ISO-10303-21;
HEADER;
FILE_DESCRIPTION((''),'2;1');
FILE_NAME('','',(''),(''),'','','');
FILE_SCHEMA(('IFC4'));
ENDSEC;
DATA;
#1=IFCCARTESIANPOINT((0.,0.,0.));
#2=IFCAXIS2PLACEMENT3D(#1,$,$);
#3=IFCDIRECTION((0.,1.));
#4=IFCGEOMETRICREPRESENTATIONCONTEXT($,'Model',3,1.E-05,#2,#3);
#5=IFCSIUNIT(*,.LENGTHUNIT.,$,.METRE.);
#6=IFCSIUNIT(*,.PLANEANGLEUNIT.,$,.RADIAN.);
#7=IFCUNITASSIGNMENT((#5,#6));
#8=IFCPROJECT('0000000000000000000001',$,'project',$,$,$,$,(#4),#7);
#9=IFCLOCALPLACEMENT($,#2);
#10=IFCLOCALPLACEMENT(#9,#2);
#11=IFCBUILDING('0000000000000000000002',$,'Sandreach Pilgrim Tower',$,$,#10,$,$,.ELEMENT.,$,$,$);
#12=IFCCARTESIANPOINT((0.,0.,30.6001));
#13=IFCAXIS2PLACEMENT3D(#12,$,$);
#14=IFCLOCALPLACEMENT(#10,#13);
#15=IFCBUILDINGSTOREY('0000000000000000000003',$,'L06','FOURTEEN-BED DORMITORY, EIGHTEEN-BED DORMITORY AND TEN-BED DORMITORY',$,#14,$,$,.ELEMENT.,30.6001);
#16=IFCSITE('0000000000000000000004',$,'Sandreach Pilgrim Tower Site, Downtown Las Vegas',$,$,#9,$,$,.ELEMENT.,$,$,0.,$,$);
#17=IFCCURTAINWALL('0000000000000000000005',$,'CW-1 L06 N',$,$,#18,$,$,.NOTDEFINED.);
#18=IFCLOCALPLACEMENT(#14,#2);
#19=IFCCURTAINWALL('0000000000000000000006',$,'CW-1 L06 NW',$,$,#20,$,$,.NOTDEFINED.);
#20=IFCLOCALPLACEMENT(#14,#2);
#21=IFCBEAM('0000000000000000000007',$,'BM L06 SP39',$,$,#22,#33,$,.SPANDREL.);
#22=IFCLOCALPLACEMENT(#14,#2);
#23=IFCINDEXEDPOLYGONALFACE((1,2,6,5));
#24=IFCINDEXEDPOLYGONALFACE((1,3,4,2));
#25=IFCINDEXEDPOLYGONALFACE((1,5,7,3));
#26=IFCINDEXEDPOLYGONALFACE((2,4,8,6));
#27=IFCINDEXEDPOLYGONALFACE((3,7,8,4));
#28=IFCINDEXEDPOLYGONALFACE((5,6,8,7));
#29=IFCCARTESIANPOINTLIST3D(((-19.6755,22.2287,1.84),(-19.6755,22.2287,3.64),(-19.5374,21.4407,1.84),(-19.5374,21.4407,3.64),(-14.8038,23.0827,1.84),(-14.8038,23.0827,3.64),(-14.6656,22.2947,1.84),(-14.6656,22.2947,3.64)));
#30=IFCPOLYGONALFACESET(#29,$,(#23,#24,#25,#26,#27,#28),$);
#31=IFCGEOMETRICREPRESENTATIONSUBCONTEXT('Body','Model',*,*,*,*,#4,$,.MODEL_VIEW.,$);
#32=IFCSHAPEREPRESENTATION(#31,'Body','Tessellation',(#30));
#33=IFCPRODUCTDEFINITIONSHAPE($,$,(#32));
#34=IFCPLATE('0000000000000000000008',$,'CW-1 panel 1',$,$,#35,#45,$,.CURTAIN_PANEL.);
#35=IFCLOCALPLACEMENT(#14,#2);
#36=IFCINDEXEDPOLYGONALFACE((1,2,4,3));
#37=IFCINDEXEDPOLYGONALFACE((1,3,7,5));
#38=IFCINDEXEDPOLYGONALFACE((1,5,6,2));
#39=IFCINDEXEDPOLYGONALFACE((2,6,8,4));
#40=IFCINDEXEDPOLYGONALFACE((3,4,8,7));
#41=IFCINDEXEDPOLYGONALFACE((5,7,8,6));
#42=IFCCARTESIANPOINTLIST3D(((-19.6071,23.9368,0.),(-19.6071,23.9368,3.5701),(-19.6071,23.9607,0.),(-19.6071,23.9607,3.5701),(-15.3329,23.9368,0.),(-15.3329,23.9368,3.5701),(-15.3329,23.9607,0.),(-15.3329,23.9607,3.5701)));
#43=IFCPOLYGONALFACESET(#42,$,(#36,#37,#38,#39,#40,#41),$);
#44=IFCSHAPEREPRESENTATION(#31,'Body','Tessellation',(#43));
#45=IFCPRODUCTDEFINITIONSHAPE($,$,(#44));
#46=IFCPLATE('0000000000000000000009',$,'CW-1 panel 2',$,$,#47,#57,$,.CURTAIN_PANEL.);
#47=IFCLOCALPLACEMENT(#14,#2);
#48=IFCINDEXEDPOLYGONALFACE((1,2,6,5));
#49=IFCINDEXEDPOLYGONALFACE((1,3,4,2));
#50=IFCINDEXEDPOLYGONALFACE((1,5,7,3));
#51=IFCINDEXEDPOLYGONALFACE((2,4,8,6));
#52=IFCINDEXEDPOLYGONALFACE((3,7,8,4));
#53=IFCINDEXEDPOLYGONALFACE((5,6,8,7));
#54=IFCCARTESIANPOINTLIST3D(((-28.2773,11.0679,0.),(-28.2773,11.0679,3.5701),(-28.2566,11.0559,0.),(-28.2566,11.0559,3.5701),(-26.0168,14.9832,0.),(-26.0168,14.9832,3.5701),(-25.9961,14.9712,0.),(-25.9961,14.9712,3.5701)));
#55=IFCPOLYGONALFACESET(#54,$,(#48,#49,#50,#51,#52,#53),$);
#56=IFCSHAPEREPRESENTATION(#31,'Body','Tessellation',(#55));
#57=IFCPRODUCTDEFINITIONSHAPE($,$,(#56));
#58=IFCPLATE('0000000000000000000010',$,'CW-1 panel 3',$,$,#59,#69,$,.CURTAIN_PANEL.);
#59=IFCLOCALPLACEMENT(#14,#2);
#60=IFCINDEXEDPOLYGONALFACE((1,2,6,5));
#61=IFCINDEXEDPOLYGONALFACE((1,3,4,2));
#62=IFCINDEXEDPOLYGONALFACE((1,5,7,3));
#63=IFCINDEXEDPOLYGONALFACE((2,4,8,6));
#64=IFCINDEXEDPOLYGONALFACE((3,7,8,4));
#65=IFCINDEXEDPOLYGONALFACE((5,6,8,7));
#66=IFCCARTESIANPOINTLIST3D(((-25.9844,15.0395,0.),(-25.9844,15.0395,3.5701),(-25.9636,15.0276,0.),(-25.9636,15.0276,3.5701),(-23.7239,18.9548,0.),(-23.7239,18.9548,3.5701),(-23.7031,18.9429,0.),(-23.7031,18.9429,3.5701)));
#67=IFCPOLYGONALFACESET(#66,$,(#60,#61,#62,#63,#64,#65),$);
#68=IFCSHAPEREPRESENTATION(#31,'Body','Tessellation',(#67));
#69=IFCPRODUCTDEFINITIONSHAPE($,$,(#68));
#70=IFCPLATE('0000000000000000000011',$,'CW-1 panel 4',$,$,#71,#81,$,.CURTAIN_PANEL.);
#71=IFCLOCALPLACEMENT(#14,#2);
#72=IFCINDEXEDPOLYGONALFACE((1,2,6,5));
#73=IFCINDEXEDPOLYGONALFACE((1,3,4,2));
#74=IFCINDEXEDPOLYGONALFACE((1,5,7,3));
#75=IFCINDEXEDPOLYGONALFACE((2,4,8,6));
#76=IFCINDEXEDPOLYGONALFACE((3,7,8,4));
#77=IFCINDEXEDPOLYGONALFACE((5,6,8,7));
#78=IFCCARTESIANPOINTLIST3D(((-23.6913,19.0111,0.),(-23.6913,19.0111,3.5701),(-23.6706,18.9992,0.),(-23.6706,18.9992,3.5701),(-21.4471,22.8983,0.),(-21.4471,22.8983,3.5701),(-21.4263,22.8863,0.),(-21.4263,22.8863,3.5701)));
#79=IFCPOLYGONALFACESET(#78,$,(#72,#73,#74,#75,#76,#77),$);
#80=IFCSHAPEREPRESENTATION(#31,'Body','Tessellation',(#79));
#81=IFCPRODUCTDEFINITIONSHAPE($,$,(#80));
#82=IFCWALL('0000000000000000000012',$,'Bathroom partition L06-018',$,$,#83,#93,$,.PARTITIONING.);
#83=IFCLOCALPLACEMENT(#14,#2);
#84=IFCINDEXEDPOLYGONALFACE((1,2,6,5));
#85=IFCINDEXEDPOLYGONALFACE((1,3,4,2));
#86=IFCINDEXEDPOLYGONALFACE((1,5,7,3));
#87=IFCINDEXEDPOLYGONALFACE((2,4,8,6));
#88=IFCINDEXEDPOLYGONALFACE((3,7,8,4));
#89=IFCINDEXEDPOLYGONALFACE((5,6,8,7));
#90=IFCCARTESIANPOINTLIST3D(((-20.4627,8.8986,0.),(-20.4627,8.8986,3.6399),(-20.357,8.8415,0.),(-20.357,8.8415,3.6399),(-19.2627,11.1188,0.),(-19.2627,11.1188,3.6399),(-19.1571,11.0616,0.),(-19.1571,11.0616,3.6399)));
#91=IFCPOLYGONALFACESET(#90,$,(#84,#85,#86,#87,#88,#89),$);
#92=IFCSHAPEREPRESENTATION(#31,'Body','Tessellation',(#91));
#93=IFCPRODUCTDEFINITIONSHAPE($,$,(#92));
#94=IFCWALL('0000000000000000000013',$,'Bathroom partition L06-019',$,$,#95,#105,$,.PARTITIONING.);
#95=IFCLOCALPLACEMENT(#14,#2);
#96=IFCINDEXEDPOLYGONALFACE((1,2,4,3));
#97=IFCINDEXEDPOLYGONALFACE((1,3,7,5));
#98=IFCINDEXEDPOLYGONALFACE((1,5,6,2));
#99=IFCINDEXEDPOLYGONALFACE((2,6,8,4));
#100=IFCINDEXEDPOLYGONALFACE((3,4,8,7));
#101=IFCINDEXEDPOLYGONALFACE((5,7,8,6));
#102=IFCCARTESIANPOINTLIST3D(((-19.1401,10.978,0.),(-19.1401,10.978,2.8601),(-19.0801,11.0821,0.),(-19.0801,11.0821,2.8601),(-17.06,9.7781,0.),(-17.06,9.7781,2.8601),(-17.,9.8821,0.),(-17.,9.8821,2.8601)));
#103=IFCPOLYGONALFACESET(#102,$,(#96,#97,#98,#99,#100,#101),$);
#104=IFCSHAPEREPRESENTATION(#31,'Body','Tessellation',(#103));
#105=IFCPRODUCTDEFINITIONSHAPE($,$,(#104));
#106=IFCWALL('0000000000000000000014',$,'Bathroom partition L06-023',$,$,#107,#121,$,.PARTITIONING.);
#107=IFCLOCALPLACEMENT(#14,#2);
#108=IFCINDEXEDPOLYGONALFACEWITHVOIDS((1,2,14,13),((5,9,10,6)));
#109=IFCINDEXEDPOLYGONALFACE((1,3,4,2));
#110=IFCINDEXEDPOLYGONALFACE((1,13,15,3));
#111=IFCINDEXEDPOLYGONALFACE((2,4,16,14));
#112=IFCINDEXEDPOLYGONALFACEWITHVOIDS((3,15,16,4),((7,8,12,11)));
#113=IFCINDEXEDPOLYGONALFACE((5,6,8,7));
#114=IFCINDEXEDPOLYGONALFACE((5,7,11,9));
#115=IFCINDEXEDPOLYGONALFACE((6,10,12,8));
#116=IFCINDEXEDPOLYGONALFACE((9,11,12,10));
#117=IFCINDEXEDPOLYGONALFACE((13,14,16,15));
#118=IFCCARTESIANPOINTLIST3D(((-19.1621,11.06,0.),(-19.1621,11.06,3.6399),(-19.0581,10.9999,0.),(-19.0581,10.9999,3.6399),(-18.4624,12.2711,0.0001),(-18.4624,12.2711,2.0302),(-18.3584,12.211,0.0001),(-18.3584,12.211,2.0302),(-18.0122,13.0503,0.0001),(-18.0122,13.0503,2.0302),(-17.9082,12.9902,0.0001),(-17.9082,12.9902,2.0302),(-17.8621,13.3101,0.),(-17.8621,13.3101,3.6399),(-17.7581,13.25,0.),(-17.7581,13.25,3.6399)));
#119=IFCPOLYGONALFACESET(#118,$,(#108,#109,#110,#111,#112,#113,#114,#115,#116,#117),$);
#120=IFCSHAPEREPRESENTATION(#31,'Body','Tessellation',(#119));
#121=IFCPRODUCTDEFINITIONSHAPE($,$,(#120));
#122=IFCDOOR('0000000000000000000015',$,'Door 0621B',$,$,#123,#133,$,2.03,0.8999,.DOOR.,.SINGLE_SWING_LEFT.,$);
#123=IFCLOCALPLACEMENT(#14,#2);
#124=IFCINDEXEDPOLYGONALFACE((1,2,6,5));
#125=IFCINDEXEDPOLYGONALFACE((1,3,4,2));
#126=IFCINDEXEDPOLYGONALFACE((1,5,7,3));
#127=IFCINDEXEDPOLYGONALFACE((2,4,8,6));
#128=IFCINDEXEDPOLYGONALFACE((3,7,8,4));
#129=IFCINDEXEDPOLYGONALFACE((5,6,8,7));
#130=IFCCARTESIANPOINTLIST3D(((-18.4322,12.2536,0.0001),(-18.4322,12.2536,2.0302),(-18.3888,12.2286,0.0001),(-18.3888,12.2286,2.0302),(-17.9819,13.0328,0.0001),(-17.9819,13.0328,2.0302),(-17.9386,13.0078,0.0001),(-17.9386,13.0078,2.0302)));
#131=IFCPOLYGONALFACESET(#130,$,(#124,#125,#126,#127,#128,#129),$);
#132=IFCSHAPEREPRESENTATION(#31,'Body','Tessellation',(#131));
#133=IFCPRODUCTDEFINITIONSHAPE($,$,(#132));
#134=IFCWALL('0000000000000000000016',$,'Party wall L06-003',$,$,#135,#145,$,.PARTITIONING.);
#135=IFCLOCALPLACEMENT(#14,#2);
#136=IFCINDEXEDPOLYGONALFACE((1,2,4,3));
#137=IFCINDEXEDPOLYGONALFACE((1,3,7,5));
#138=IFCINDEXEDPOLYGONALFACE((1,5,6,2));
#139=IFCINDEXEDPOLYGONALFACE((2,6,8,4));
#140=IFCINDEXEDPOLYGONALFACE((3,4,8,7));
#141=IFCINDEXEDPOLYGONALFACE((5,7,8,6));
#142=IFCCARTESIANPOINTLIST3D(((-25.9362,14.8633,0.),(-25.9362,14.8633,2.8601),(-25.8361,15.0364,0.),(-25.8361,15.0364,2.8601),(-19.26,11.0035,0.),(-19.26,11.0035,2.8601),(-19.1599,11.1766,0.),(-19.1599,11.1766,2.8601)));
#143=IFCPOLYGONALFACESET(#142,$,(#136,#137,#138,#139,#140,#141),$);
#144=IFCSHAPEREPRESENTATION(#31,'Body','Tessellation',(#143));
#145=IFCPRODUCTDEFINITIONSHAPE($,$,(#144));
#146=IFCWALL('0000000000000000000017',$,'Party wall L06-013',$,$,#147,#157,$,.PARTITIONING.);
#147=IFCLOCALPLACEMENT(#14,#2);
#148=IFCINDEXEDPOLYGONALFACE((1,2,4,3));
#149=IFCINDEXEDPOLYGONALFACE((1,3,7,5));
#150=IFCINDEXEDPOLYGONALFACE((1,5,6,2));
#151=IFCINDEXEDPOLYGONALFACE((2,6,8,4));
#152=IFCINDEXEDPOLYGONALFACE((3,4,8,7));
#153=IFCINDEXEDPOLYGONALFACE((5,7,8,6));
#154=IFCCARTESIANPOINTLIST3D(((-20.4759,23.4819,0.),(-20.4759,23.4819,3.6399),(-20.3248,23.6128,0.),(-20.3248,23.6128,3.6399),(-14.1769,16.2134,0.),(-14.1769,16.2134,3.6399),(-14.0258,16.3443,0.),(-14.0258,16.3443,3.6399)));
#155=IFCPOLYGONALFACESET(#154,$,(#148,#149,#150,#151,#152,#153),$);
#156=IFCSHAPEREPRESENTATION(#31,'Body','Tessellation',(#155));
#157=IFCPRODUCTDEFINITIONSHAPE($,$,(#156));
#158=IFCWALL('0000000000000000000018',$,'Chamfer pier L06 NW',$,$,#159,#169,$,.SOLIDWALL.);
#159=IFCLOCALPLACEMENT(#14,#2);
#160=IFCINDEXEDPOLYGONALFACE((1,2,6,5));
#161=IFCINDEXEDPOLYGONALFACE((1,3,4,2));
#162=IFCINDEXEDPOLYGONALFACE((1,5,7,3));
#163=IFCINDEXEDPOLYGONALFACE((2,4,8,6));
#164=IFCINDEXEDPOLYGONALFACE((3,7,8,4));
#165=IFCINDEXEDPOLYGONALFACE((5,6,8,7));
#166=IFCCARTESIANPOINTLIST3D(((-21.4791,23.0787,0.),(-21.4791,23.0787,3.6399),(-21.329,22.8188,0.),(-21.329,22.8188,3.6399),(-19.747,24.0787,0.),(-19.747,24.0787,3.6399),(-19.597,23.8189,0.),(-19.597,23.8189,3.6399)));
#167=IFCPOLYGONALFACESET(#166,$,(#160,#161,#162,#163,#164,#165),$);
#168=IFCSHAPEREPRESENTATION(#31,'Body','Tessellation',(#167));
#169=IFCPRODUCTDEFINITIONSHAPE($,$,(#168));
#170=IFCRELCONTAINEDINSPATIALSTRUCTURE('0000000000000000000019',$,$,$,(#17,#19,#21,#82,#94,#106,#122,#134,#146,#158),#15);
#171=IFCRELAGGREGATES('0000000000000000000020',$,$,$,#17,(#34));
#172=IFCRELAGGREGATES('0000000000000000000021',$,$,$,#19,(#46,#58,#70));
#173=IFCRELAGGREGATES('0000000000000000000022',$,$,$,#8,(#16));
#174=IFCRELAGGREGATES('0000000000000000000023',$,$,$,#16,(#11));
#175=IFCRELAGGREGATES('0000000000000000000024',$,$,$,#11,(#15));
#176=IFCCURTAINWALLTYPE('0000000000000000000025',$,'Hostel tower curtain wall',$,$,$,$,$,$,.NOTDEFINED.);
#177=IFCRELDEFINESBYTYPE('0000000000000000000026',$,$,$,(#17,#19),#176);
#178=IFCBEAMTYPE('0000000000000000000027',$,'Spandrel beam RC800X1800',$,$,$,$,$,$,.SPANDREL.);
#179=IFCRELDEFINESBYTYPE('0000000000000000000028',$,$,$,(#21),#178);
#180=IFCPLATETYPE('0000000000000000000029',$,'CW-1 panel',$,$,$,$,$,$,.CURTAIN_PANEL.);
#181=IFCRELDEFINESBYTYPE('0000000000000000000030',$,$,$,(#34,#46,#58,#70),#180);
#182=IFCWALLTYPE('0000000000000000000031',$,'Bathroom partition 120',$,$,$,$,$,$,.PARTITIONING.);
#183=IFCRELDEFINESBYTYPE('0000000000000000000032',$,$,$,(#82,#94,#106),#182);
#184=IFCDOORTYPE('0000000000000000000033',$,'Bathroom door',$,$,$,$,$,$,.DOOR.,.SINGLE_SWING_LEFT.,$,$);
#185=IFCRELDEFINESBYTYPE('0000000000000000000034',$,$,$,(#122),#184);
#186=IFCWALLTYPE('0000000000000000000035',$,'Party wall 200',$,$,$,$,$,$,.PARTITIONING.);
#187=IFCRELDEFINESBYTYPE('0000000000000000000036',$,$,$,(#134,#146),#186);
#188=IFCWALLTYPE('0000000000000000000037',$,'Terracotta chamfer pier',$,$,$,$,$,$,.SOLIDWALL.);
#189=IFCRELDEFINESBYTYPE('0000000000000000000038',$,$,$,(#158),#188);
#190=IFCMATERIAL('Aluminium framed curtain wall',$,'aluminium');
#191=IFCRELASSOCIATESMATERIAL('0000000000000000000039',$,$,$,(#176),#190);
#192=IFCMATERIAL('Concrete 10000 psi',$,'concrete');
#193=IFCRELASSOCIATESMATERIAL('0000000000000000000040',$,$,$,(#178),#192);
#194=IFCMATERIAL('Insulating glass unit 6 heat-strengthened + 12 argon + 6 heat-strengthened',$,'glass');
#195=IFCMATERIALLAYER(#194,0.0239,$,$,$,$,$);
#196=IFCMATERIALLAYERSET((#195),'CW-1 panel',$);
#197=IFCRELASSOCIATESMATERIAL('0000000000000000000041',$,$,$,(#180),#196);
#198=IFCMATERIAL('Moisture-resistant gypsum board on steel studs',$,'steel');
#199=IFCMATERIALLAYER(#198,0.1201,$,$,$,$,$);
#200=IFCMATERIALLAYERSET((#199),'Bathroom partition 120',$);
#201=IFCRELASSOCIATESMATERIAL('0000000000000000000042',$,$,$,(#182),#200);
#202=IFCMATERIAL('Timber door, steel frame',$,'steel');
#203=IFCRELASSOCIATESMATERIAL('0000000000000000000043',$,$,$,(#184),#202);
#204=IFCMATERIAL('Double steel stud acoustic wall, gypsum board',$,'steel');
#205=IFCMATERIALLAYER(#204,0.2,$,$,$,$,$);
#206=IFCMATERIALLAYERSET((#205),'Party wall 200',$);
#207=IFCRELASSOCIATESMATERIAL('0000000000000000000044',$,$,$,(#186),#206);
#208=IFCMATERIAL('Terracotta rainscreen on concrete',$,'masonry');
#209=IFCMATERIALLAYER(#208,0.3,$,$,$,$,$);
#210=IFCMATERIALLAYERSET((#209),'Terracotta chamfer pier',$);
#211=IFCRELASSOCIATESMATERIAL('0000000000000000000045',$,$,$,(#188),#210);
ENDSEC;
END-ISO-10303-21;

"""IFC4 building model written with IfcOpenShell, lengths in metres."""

from ifc_helpers import new_model, si_unit, direction, frame, frame_2d, origin, origin_2d, place, context, subcontext, project, spatial, rectangle, extrude, material, layer, layer_set, material_profile, profile_set, type_object, element, fill, aggregate, save


model = new_model("IFC4")

# Units and contexts
model_context = context("Model", 3, precision=1e-05, world=origin(), true_north=direction((0.0, 1.0)))
body_context = subcontext(model_context, "Body", "Model", "MODEL_VIEW")
ifc_project = project(units=[si_unit("LENGTHUNIT", "METRE"), si_unit("PLANEANGLEUNIT", "RADIAN")], contexts=[model_context])

# Site, building, storey
site_placement = place(None, origin())
site = spatial("IfcSite", under=ifc_project, at=site_placement, Name="Sandreach Pilgrim Tower Site, Downtown Las Vegas", CompositionType="ELEMENT", RefElevation=0.0)
building_placement = place(site_placement, origin())
building = spatial("IfcBuilding", under=site, at=building_placement, Name="Sandreach Pilgrim Tower", CompositionType="ELEMENT")
storey_placement = place(building_placement, frame((0.0, 0.0, 30.6001)))
storey = spatial("IfcBuildingStorey", under=building, at=storey_placement, Name="L06", Description="FOURTEEN-BED DORMITORY, EIGHTEEN-BED DORMITORY AND TEN-BED DORMITORY", CompositionType="ELEMENT", Elevation=30.6001)

# Curtain wall
ifc_material_1 = material(Name="Aluminium framed curtain wall", Category="aluminium")
curtain_wall_type = type_object("IfcCurtainWallType", Name="Hostel tower curtain wall", PredefinedType="NOTDEFINED", material=ifc_material_1)
curtain_wall_1_placement = place(storey_placement, origin())
curtain_wall_1 = element("IfcCurtainWall", 1, at=curtain_wall_1_placement, inside=storey, type_object=curtain_wall_type, Name="CW-1 L06 N", PredefinedType="NOTDEFINED")

# Curtain wall
curtain_wall_2_placement = place(storey_placement, origin())
curtain_wall_2 = element("IfcCurtainWall", 2, at=curtain_wall_2_placement, inside=storey, type_object=curtain_wall_type, Name="CW-1 L06 NW", PredefinedType="NOTDEFINED")

# Beam
ifc_material_2 = material(Name="Concrete 10000 psi", Category="concrete")
ifc_material_profile_1 = material_profile(ifc_material_2, rectangle(XDim=0.8, YDim=1.8, at=origin_2d()), Name="RC800X1800")
ifc_profile_set_1 = profile_set([ifc_material_profile_1], Name="Concrete 10000 psi")
beam_type_1 = type_object("IfcBeamType", Name="Spandrel beam RC800X1800", PredefinedType="SPANDREL", material=ifc_profile_set_1)
beam_1_placement = place(storey_placement, frame((-19.6064, 21.8347, 2.74), z_axis=(0.984981, 0.172662, 0.0), x_axis=(-0.172662, 0.984981, 0.0)))
element("IfcBeam", 3, at=beam_1_placement, inside=storey, type_object=beam_type_1, Name="BM L06 SP39", PredefinedType="SPANDREL", context=body_context, shape_type="SweptSolid", body=[
    extrude(rectangle(XDim=0.8, YDim=1.8, at=origin_2d()), origin(), (0.0, 0.0, 1.0), 4.946),
])

# Plates
ifc_material_3 = material(Name="Insulating glass unit 6 heat-strengthened + 12 argon + 6 heat-strengthened", Category="glass")
ifc_layer_1 = layer(ifc_material_3, 0.0239)
ifc_layer_set_1 = layer_set([ifc_layer_1], Name="CW-1 panel")
plate_type = type_object("IfcPlateType", Name="CW-1 panel", PredefinedType="CURTAIN_PANEL", material=ifc_layer_set_1)
plate_1_placement = place(storey_placement, frame((-17.47, 23.9487, 0.0), z_axis=(0.0, 0.0, 1.0), x_axis=(1.0, 0.0, 0.0)))
plate_1 = element("IfcPlate", 4, at=plate_1_placement, type_object=plate_type, Name="CW-1 panel 1", PredefinedType="CURTAIN_PANEL", context=body_context, shape_type="SweptSolid", body=[
    extrude(rectangle(XDim=4.2742, YDim=0.0239, at=origin_2d()), origin(), (0.0, 0.0, 1.0), 3.5701),
])
aggregate(curtain_wall_1, [plate_1])
plate_2_placement = place(storey_placement, frame((-27.1367, 13.0195, 0.0), z_axis=(0.0, 0.0, 1.0), x_axis=(0.5, 0.866025, 0.0)))
plate_2 = element("IfcPlate", 5, at=plate_2_placement, type_object=plate_type, Name="CW-1 panel 2", PredefinedType="CURTAIN_PANEL", context=body_context, shape_type="SweptSolid", body=[
    extrude(rectangle(XDim=4.521, YDim=0.0239, at=origin_2d()), origin(), (0.0, 0.0, 1.0), 3.5701),
])
plate_3_placement = place(storey_placement, frame((-24.8438, 16.9912, 0.0), z_axis=(0.0, 0.0, 1.0), x_axis=(0.5, 0.866025, 0.0)))
plate_3 = element("IfcPlate", 6, at=plate_3_placement, type_object=plate_type, Name="CW-1 panel 3", PredefinedType="CURTAIN_PANEL", context=body_context, shape_type="SweptSolid", body=[
    extrude(rectangle(XDim=4.521, YDim=0.0239, at=origin_2d()), origin(), (0.0, 0.0, 1.0), 3.5701),
])
plate_4_placement = place(storey_placement, frame((-22.5588, 20.9487, 0.0), z_axis=(0.0, 0.0, 1.0), x_axis=(0.5, 0.866025, 0.0)))
plate_4 = element("IfcPlate", 7, at=plate_4_placement, type_object=plate_type, Name="CW-1 panel 4", PredefinedType="CURTAIN_PANEL", context=body_context, shape_type="SweptSolid", body=[
    extrude(rectangle(XDim=4.4885, YDim=0.0239, at=origin_2d()), origin(), (0.0, 0.0, 1.0), 3.5701),
])
aggregate(curtain_wall_2, [plate_2, plate_3, plate_4])

# Walls
ifc_material_4 = material(Name="Moisture-resistant gypsum board on steel studs", Category="steel")
ifc_layer_2 = layer(ifc_material_4, 0.1201)
ifc_layer_set_2 = layer_set([ifc_layer_2], Name="Bathroom partition 120")
wall_type_1 = type_object("IfcWallType", Name="Bathroom partition 120", PredefinedType="PARTITIONING", material=ifc_layer_set_2)
wall_1_placement = place(storey_placement, frame((-19.21, 11.0901, 0.0), z_axis=(0.0, 0.0, 1.0), x_axis=(-0.475466, -0.879734, 0.0)))
element("IfcWall", 8, at=wall_1_placement, inside=storey, type_object=wall_type_1, Name="Bathroom partition L06-018", PredefinedType="PARTITIONING", context=body_context, shape_type="SweptSolid", body=[
    extrude(rectangle(XDim=2.5237, YDim=0.1201, at=frame_2d((1.2617, 0.0))), origin(), (0.0, 0.0, 1.0), 3.6399),
])
wall_2_placement = place(storey_placement, frame((-19.1101, 11.03, 0.0), z_axis=(0.0, 0.0, 1.0), x_axis=(0.866203, -0.499693, 0.0)))
element("IfcWall", 9, at=wall_2_placement, inside=storey, type_object=wall_type_1, Name="Bathroom partition L06-019", PredefinedType="PARTITIONING", context=body_context, shape_type="SweptSolid", body=[
    extrude(rectangle(XDim=2.4014, YDim=0.1201, at=frame_2d((1.2007, 0.0))), origin(), (0.0, 0.0, 1.0), 2.8601),
])

# Wall, opening, door
wall_3_placement = place(storey_placement, frame((-17.8101, 13.28, 0.0), z_axis=(0.0, 0.0, 1.0), x_axis=(-0.500292, -0.865857, 0.0)))
wall_3 = element("IfcWall", 10, at=wall_3_placement, inside=storey, type_object=wall_type_1, Name="Bathroom partition L06-023", PredefinedType="PARTITIONING", context=body_context, shape_type="SweptSolid", body=[
    extrude(rectangle(XDim=2.5986, YDim=0.1201, at=frame_2d((1.2993, 0.0))), origin(), (0.0, 0.0, 1.0), 3.6399),
])
opening_placement = place(wall_3_placement, frame((0.3, 0.0, 0.0)))
opening = element("IfcOpeningElement", 11, at=opening_placement, cuts=wall_3, PredefinedType="OPENING", context=body_context, shape_type="SweptSolid", body=[
    extrude(rectangle(XDim=0.8999, YDim=2.03, at=frame_2d((0.45, 1.0151))), frame((0.0, 0.0601, 0.0), z_axis=(0.0, -1.0, 0.0), x_axis=(1.0, 0.0, 0.0)), (0.0, 0.0, 1.0), 0.1201),
])
ifc_material_5 = material(Name="Timber door, steel frame", Category="steel")
door_type = type_object("IfcDoorType", Name="Bathroom door", OperationType="SINGLE_SWING_LEFT", PredefinedType="DOOR", material=ifc_material_5)
door_placement = place(opening_placement, origin())
door = element("IfcDoor", 12, at=door_placement, inside=storey, type_object=door_type, Name="Door 0621B", OperationType="SINGLE_SWING_LEFT", OverallHeight=2.03, OverallWidth=0.8999, PredefinedType="DOOR", context=body_context, shape_type="SweptSolid", body=[
    extrude(rectangle(XDim=0.8999, YDim=2.03, at=frame_2d((0.45, 1.0151))), frame((0.0, 0.0249, 0.0), z_axis=(0.0, -1.0, 0.0), x_axis=(1.0, 0.0, 0.0)), (0.0, 0.0, 1.0), 0.05),
])
fill(opening, door)

# Walls
ifc_material_6 = material(Name="Double steel stud acoustic wall, gypsum board", Category="steel")
ifc_layer_3 = layer(ifc_material_6, 0.2)
ifc_layer_set_3 = layer_set([ifc_layer_3], Name="Party wall 200")
wall_type_2 = type_object("IfcWallType", Name="Party wall 200", PredefinedType="PARTITIONING", material=ifc_layer_set_3)
wall_4_placement = place(storey_placement, frame((-25.8862, 14.95, 0.0), z_axis=(0.0, 0.0, 1.0), x_axis=(0.865727, -0.500517, 0.0)))
element("IfcWall", 13, at=wall_4_placement, inside=storey, type_object=wall_type_2, Name="Party wall L06-003", PredefinedType="PARTITIONING", context=body_context, shape_type="SweptSolid", body=[
    extrude(rectangle(XDim=7.7117, YDim=0.2, at=frame_2d((3.856, 0.0))), origin(), (0.0, 0.0, 1.0), 2.8601),
])
wall_5_placement = place(storey_placement, frame((-20.4004, 23.5474, 0.0), z_axis=(0.0, 0.0, 1.0), x_axis=(0.65491, -0.755707, 0.0)))
element("IfcWall", 14, at=wall_5_placement, inside=storey, type_object=wall_type_2, Name="Party wall L06-013", PredefinedType="PARTITIONING", context=body_context, shape_type="SweptSolid", body=[
    extrude(rectangle(XDim=9.6182, YDim=0.2, at=frame_2d((4.8091, 0.0))), origin(), (0.0, 0.0, 1.0), 3.6399),
])
ifc_material_7 = material(Name="Terracotta rainscreen on concrete", Category="masonry")
ifc_layer_4 = layer(ifc_material_7, 0.3)
ifc_layer_set_4 = layer_set([ifc_layer_4], Name="Terracotta chamfer pier")
wall_type_3 = type_object("IfcWallType", Name="Terracotta chamfer pier", PredefinedType="SOLIDWALL", material=ifc_layer_set_4)
wall_6_placement = place(storey_placement, frame((-21.4041, 22.9487, 0.0), z_axis=(0.0, 0.0, 1.0), x_axis=(0.866011, 0.500025, 0.0)))
element("IfcWall", 15, at=wall_6_placement, inside=storey, type_object=wall_type_3, Name="Chamfer pier L06 NW", PredefinedType="SOLIDWALL", context=body_context, shape_type="SweptSolid", body=[
    extrude(rectangle(XDim=2.0, YDim=0.3, at=frame_2d((1.0, 0.0))), origin(), (0.0, 0.0, 1.0), 3.6399),
])

save(model, "model.ifc")
